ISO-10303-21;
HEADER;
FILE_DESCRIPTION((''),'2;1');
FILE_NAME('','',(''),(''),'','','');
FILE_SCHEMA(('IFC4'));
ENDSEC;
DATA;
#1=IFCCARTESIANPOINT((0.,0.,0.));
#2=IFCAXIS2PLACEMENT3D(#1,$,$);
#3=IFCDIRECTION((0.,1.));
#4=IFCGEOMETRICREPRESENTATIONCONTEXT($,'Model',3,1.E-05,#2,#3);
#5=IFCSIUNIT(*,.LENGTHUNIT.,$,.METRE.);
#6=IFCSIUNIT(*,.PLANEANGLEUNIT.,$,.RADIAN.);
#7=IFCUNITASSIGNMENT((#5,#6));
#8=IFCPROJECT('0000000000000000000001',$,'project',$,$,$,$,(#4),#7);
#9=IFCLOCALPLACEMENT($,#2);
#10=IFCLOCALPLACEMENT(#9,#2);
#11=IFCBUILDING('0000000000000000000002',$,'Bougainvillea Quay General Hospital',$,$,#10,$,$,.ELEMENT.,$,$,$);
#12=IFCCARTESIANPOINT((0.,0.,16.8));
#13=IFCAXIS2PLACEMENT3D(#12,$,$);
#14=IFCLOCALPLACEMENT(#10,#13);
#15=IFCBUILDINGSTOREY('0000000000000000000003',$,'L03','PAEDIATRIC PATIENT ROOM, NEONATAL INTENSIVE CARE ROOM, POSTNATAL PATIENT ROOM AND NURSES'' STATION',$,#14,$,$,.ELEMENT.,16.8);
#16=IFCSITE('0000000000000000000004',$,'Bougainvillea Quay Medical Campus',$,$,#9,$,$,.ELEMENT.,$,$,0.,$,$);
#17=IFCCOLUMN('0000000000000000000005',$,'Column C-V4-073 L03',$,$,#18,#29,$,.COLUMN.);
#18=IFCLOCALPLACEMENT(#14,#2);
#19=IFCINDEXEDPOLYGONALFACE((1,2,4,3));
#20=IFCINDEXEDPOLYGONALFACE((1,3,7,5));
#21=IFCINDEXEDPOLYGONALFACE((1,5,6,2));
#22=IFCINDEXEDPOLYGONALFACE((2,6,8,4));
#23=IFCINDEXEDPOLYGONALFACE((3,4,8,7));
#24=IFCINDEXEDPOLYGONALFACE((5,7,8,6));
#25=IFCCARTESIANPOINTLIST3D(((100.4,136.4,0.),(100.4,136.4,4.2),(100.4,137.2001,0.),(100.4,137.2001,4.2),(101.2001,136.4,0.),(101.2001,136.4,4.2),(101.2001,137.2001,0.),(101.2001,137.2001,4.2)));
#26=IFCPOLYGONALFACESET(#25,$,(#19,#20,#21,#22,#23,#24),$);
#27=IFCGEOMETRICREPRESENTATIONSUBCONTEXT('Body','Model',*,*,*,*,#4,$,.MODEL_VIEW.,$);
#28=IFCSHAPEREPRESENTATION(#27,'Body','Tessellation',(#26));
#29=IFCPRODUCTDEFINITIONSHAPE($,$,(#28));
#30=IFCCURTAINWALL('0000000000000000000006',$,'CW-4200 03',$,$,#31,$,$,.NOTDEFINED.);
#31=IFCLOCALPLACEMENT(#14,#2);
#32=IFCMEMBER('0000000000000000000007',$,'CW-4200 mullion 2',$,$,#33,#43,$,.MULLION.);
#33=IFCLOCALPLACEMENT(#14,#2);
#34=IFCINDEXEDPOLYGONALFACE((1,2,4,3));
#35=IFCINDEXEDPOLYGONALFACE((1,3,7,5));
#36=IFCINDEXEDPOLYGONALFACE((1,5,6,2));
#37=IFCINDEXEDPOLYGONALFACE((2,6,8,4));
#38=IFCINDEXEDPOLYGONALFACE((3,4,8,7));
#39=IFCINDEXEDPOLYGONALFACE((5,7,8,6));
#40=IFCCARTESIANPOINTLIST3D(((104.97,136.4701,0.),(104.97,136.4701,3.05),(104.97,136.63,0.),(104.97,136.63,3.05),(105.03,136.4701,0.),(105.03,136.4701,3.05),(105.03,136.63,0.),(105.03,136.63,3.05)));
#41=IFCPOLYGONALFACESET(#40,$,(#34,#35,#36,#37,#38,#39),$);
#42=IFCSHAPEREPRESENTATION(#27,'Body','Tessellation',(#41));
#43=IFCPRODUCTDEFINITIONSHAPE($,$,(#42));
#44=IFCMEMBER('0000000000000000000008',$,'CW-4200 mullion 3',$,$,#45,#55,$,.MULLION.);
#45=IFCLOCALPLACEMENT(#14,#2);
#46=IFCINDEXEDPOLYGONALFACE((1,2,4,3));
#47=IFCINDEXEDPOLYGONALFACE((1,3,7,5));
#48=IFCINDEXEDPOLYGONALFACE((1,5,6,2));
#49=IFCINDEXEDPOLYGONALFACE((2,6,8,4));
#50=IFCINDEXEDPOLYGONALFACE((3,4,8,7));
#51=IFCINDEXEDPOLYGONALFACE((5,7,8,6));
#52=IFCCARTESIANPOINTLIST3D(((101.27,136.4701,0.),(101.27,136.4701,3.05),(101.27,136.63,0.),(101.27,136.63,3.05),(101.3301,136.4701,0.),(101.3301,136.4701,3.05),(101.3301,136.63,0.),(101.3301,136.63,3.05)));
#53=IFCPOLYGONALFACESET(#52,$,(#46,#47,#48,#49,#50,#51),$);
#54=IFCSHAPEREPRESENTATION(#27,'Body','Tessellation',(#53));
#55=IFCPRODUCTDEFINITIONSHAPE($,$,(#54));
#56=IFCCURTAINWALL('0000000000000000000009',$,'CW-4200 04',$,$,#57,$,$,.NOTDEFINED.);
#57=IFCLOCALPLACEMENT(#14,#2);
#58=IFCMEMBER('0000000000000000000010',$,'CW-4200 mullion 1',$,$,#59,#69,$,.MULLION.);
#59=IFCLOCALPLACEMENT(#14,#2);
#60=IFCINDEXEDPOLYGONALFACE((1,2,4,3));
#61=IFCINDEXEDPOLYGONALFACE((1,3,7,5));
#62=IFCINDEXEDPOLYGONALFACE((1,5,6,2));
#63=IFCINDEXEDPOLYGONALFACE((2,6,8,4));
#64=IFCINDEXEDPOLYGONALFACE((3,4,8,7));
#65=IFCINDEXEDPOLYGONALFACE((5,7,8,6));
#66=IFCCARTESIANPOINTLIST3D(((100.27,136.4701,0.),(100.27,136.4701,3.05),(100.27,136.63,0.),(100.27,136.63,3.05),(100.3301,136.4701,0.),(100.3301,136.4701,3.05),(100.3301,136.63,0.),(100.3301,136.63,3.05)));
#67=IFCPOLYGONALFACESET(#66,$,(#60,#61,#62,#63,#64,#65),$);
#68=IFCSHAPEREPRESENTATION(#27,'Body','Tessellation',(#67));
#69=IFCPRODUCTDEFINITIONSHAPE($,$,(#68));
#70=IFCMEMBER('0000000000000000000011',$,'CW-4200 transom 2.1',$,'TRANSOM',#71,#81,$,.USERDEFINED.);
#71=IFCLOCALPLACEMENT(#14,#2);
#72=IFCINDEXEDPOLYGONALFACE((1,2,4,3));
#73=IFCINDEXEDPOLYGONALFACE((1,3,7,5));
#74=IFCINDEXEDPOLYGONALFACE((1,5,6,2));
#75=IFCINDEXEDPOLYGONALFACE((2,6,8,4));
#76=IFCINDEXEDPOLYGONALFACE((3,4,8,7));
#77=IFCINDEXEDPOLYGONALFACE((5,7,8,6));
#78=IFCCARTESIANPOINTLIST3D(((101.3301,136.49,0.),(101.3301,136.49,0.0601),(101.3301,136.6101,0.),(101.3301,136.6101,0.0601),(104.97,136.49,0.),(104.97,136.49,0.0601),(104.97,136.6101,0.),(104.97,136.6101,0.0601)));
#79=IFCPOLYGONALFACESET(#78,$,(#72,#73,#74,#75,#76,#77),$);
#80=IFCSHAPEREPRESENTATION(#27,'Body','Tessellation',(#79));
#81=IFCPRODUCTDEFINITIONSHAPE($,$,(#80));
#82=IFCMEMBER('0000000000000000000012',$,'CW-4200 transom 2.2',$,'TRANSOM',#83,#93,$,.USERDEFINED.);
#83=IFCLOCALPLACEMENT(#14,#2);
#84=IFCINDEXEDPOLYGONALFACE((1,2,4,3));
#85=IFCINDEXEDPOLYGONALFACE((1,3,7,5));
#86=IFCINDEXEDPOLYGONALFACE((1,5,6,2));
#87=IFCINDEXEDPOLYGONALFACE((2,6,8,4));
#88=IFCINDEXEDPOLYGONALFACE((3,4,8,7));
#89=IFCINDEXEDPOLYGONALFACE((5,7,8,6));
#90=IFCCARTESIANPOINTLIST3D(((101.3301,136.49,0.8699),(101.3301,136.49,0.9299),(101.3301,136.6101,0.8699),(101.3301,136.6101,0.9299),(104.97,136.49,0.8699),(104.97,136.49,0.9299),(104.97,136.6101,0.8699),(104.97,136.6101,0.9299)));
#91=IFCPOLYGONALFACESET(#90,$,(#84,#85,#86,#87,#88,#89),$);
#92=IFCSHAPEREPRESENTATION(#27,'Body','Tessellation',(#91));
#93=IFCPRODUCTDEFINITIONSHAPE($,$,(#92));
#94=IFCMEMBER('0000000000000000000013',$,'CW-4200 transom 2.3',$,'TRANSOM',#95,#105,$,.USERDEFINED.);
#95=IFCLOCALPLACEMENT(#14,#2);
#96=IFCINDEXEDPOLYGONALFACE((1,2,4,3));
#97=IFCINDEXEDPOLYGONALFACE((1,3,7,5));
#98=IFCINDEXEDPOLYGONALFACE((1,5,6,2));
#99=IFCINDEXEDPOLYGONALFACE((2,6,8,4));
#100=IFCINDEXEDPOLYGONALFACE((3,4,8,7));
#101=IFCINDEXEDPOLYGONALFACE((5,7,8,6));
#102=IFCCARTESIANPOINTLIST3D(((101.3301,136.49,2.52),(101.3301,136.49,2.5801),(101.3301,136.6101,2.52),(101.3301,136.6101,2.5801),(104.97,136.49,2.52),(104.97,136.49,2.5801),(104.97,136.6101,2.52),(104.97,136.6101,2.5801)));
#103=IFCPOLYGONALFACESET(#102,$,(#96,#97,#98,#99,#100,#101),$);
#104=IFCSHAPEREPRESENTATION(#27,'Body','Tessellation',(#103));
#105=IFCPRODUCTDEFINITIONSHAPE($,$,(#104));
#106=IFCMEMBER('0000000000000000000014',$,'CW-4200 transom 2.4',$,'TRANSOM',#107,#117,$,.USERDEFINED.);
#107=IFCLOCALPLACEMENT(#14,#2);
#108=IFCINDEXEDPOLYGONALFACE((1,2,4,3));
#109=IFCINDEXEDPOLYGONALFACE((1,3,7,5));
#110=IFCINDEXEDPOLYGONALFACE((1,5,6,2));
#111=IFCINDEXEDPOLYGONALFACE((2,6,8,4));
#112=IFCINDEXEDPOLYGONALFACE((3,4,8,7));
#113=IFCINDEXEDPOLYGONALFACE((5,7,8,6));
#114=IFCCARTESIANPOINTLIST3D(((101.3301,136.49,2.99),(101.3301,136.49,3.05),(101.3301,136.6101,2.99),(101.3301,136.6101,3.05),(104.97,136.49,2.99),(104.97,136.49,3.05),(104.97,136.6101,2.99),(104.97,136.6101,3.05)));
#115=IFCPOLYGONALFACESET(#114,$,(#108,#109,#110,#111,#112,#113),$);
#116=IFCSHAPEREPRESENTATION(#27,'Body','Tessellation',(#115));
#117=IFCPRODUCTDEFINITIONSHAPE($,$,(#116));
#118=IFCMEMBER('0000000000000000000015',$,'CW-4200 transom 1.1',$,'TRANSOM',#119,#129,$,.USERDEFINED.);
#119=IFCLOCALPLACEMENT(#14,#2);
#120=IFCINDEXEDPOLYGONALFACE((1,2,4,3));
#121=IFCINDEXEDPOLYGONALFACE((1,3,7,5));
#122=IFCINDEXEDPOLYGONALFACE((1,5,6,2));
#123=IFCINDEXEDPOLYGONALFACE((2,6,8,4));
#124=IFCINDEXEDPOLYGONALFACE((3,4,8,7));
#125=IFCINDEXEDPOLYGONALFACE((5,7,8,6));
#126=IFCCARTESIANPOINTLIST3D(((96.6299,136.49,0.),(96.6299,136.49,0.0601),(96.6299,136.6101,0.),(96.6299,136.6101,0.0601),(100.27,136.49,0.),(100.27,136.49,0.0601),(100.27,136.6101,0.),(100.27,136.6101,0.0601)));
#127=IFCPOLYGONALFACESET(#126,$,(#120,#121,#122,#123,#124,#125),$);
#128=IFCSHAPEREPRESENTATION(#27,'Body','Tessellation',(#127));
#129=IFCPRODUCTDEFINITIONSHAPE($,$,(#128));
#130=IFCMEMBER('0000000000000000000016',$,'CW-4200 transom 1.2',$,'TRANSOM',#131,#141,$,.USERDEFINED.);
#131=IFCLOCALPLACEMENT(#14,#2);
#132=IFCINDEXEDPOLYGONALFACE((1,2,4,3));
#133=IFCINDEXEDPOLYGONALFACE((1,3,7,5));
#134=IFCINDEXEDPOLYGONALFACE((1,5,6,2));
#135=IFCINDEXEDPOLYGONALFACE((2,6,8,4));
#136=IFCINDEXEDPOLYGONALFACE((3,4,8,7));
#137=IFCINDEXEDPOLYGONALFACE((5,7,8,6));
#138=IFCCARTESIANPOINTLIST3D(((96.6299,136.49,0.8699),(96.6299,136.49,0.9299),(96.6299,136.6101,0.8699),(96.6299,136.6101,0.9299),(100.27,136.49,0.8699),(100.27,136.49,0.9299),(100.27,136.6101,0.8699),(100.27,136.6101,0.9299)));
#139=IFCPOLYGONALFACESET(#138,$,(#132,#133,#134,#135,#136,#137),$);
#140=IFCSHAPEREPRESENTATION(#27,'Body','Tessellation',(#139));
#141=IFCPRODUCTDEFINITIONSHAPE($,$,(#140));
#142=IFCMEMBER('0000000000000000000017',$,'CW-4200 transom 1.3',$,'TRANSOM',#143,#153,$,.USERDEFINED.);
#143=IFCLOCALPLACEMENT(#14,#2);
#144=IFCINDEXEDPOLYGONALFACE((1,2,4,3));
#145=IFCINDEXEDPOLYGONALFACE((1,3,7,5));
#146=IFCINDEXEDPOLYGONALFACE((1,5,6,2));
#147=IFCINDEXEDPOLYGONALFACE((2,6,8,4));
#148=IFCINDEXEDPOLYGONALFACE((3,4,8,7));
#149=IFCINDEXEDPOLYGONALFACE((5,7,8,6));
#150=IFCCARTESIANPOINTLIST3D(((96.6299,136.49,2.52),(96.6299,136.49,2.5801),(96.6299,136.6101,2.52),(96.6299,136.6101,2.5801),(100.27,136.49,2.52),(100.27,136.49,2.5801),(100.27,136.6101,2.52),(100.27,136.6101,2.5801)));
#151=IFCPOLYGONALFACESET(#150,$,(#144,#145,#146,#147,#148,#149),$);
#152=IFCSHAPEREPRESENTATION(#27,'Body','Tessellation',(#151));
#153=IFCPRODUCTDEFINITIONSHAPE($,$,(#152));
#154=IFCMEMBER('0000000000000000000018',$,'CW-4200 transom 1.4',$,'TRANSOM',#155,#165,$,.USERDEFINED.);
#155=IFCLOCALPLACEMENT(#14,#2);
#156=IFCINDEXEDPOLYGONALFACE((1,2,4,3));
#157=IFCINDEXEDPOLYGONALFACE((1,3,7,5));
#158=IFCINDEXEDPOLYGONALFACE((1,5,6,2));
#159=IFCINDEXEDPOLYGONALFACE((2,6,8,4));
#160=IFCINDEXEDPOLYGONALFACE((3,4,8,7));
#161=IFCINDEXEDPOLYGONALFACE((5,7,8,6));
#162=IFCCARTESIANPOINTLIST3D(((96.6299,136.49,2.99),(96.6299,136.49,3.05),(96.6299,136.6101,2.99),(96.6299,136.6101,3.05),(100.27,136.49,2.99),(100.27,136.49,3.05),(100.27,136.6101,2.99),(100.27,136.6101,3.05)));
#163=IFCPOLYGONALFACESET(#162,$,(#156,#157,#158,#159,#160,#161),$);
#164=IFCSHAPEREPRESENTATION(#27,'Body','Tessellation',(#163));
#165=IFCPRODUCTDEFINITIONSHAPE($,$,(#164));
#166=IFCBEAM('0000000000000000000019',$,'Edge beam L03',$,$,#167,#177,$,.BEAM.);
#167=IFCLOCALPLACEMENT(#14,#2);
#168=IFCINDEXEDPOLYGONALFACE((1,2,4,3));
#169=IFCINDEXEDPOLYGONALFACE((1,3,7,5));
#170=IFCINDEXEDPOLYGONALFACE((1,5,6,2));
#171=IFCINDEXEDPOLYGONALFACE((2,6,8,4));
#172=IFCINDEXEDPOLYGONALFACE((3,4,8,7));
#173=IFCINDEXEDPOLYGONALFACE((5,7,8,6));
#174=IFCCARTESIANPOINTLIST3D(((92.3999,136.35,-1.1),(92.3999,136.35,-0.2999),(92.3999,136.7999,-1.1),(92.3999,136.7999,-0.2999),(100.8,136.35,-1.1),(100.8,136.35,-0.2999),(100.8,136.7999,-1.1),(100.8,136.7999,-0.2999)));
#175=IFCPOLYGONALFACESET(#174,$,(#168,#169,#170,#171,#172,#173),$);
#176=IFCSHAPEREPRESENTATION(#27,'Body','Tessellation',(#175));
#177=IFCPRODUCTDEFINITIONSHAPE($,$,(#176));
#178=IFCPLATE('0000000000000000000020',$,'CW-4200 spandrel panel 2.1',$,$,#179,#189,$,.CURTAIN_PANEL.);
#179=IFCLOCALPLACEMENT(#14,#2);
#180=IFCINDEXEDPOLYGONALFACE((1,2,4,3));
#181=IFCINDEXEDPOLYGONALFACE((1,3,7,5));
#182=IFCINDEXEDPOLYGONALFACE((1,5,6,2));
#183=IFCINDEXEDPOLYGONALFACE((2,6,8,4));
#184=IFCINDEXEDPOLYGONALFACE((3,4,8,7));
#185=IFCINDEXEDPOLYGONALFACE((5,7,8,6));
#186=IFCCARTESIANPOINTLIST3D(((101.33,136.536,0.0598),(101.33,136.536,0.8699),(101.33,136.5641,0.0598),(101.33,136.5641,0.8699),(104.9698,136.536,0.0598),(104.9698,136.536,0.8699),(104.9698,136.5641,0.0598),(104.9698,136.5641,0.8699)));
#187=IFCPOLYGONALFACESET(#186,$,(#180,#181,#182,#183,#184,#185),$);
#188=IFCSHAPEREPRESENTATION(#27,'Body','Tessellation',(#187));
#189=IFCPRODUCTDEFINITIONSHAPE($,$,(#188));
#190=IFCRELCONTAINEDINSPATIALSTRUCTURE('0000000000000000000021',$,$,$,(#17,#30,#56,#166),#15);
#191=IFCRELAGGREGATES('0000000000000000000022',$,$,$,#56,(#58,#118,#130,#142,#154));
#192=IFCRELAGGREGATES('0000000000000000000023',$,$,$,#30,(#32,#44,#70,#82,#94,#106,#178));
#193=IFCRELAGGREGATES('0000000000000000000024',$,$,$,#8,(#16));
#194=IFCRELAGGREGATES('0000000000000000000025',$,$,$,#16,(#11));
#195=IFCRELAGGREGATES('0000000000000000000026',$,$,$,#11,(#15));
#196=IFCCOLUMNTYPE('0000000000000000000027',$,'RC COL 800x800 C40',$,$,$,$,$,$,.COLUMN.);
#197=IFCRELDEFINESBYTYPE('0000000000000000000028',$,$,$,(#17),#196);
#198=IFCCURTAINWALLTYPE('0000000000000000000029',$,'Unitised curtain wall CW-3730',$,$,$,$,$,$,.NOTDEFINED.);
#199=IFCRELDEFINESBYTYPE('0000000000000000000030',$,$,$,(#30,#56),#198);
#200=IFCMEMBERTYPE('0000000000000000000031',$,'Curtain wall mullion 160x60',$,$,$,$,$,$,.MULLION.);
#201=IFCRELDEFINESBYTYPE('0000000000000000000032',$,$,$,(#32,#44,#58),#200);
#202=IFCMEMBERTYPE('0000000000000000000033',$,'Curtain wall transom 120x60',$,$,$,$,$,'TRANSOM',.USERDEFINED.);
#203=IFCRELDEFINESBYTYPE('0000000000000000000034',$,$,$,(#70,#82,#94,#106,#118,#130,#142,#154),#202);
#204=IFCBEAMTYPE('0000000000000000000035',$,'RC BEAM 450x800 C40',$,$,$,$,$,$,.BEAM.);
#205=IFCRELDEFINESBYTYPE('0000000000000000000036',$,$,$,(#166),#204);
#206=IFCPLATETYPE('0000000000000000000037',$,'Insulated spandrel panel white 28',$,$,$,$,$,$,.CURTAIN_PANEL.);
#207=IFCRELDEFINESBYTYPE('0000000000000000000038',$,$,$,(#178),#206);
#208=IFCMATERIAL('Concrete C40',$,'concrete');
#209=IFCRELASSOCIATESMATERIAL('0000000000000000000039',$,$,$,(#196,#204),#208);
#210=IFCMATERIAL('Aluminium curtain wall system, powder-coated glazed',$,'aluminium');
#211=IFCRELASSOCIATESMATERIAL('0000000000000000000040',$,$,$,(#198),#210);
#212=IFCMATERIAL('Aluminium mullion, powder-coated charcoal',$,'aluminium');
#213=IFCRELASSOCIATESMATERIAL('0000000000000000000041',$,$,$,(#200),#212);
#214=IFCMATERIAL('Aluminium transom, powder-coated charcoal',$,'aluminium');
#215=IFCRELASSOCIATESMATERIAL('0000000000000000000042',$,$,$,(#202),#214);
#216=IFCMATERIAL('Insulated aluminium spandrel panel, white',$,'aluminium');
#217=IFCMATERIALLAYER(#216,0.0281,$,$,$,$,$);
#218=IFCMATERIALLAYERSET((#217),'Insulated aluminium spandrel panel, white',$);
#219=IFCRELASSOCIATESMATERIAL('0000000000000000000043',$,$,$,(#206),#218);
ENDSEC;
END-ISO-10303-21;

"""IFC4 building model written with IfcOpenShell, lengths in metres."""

from ifc_helpers import new_model, si_unit, direction, frame, origin, origin_2d, place, context, subcontext, project, spatial, rectangle, extrude, material, layer, layer_set, material_profile, profile_set, type_object, element, aggregate, save


model = new_model("IFC4")

# Units and contexts
model_context = context("Model", 3, precision=1e-05, world=origin(), true_north=direction((0.0, 1.0)))
body_context = subcontext(model_context, "Body", "Model", "MODEL_VIEW")
ifc_project = project(units=[si_unit("LENGTHUNIT", "METRE"), si_unit("PLANEANGLEUNIT", "RADIAN")], contexts=[model_context])

# Site, building, storey
site_placement = place(None, origin())
site = spatial("IfcSite", under=ifc_project, at=site_placement, Name="Bougainvillea Quay Medical Campus", CompositionType="ELEMENT", RefElevation=0.0)
building_placement = place(site_placement, origin())
building = spatial("IfcBuilding", under=site, at=building_placement, Name="Bougainvillea Quay General Hospital", CompositionType="ELEMENT")
storey_placement = place(building_placement, frame((0.0, 0.0, 16.8)))
storey = spatial("IfcBuildingStorey", under=building, at=storey_placement, Name="L03", Description="PAEDIATRIC PATIENT ROOM, NEONATAL INTENSIVE CARE ROOM, POSTNATAL PATIENT ROOM AND NURSES' STATION", CompositionType="ELEMENT", Elevation=16.8)

# Column
ifc_material_1 = material(Name="Concrete C40", Category="concrete")
ifc_material_profile_1 = material_profile(ifc_material_1, rectangle(XDim=0.8, YDim=0.8, at=origin_2d()))
ifc_profile_set_1 = profile_set([ifc_material_profile_1], Name="Concrete C40")
column_type = type_object("IfcColumnType", Name="RC COL 800x800 C40", PredefinedType="COLUMN", material=ifc_profile_set_1)
column_placement = place(storey_placement, frame((100.8, 136.8, 0.0), z_axis=(0.0, 0.0, 1.0), x_axis=(1.0, 0.0, 0.0)))
element("IfcColumn", 1, at=column_placement, inside=storey, type_object=column_type, Name="Column C-V4-073 L03", PredefinedType="COLUMN", context=body_context, shape_type="SweptSolid", body=[
    extrude(rectangle(XDim=0.8, YDim=0.8, at=origin_2d()), origin(), (0.0, 0.0, 1.0), 4.2),
])

# Curtain wall, members
ifc_material_2 = material(Name="Aluminium curtain wall system, powder-coated glazed", Category="aluminium")
curtain_wall_type = type_object("IfcCurtainWallType", Name="Unitised curtain wall CW-3730", PredefinedType="NOTDEFINED", material=ifc_material_2)
curtain_wall_1_placement = place(storey_placement, origin())
curtain_wall_1 = element("IfcCurtainWall", 2, at=curtain_wall_1_placement, inside=storey, type_object=curtain_wall_type, Name="CW-4200 03", PredefinedType="NOTDEFINED")
ifc_material_3 = material(Name="Aluminium mullion, powder-coated charcoal", Category="aluminium")
ifc_material_profile_2 = material_profile(ifc_material_3, rectangle(XDim=0.1599, YDim=0.0601, at=origin_2d()))
ifc_profile_set_2 = profile_set([ifc_material_profile_2], Name="Aluminium mullion, powder-coated charcoal")
member_type_1 = type_object("IfcMemberType", Name="Curtain wall mullion 160x60", PredefinedType="MULLION", material=ifc_profile_set_2)
member_1_placement = place(storey_placement, frame((105.0, 136.55, 0.0), z_axis=(0.0, 0.0, 1.0), x_axis=(0.0, -1.0, 0.0)))
member_1 = element("IfcMember", 3, at=member_1_placement, type_object=member_type_1, Name="CW-4200 mullion 2", PredefinedType="MULLION", context=body_context, shape_type="SweptSolid", body=[
    extrude(rectangle(XDim=0.1599, YDim=0.0601, at=origin_2d()), origin(), (0.0, 0.0, 1.0), 3.05),
])
member_2_placement = place(storey_placement, frame((101.3, 136.55, 0.0), z_axis=(0.0, 0.0, 1.0), x_axis=(0.0, -1.0, 0.0)))
member_2 = element("IfcMember", 4, at=member_2_placement, type_object=member_type_1, Name="CW-4200 mullion 3", PredefinedType="MULLION", context=body_context, shape_type="SweptSolid", body=[
    extrude(rectangle(XDim=0.1599, YDim=0.0601, at=origin_2d()), origin(), (0.0, 0.0, 1.0), 3.05),
])

# Curtain wall, member
curtain_wall_2_placement = place(storey_placement, origin())
curtain_wall_2 = element("IfcCurtainWall", 5, at=curtain_wall_2_placement, inside=storey, type_object=curtain_wall_type, Name="CW-4200 04", PredefinedType="NOTDEFINED")
member_3_placement = place(storey_placement, frame((100.3, 136.55, 0.0), z_axis=(0.0, 0.0, 1.0), x_axis=(0.0, -1.0, 0.0)))
member_3 = element("IfcMember", 6, at=member_3_placement, type_object=member_type_1, Name="CW-4200 mullion 1", PredefinedType="MULLION", context=body_context, shape_type="SweptSolid", body=[
    extrude(rectangle(XDim=0.1599, YDim=0.0601, at=origin_2d()), origin(), (0.0, 0.0, 1.0), 3.05),
])

# Members
ifc_material_4 = material(Name="Aluminium transom, powder-coated charcoal", Category="aluminium")
ifc_material_profile_3 = material_profile(ifc_material_4, rectangle(XDim=0.1201, YDim=0.0601, at=origin_2d()))
ifc_profile_set_3 = profile_set([ifc_material_profile_3], Name="Aluminium transom, powder-coated charcoal")
member_type_2 = type_object("IfcMemberType", Name="Curtain wall transom 120x60", ElementType="TRANSOM", PredefinedType="USERDEFINED", material=ifc_profile_set_3)
member_4_placement = place(storey_placement, frame((104.97, 136.55, 0.03), z_axis=(-1.0, 0.0, 0.0), x_axis=(0.0, -1.0, 0.0)))
member_4 = element("IfcMember", 7, at=member_4_placement, type_object=member_type_2, Name="CW-4200 transom 2.1", ObjectType="TRANSOM", PredefinedType="USERDEFINED", context=body_context, shape_type="SweptSolid", body=[
    extrude(rectangle(XDim=0.1201, YDim=0.0601, at=origin_2d()), origin(), (0.0, 0.0, 1.0), 3.6399),
])
member_5_placement = place(storey_placement, frame((104.97, 136.55, 0.8999), z_axis=(-1.0, 0.0, 0.0), x_axis=(0.0, -1.0, 0.0)))
member_5 = element("IfcMember", 8, at=member_5_placement, type_object=member_type_2, Name="CW-4200 transom 2.2", ObjectType="TRANSOM", PredefinedType="USERDEFINED", context=body_context, shape_type="SweptSolid", body=[
    extrude(rectangle(XDim=0.1201, YDim=0.0601, at=origin_2d()), origin(), (0.0, 0.0, 1.0), 3.6399),
])
member_6_placement = place(storey_placement, frame((104.97, 136.55, 2.55), z_axis=(-1.0, 0.0, 0.0), x_axis=(0.0, -1.0, 0.0)))
member_6 = element("IfcMember", 9, at=member_6_placement, type_object=member_type_2, Name="CW-4200 transom 2.3", ObjectType="TRANSOM", PredefinedType="USERDEFINED", context=body_context, shape_type="SweptSolid", body=[
    extrude(rectangle(XDim=0.1201, YDim=0.0601, at=origin_2d()), origin(), (0.0, 0.0, 1.0), 3.6399),
])
member_7_placement = place(storey_placement, frame((104.97, 136.55, 3.02), z_axis=(-1.0, 0.0, 0.0), x_axis=(0.0, -1.0, 0.0)))
member_7 = element("IfcMember", 10, at=member_7_placement, type_object=member_type_2, Name="CW-4200 transom 2.4", ObjectType="TRANSOM", PredefinedType="USERDEFINED", context=body_context, shape_type="SweptSolid", body=[
    extrude(rectangle(XDim=0.1201, YDim=0.0601, at=origin_2d()), origin(), (0.0, 0.0, 1.0), 3.6399),
])
member_8_placement = place(storey_placement, frame((100.27, 136.55, 0.03), z_axis=(-1.0, 0.0, 0.0), x_axis=(0.0, -1.0, 0.0)))
member_8 = element("IfcMember", 11, at=member_8_placement, type_object=member_type_2, Name="CW-4200 transom 1.1", ObjectType="TRANSOM", PredefinedType="USERDEFINED", context=body_context, shape_type="SweptSolid", body=[
    extrude(rectangle(XDim=0.1201, YDim=0.0601, at=origin_2d()), origin(), (0.0, 0.0, 1.0), 3.6401),
])
member_9_placement = place(storey_placement, frame((100.27, 136.55, 0.8999), z_axis=(-1.0, 0.0, 0.0), x_axis=(0.0, -1.0, 0.0)))
member_9 = element("IfcMember", 12, at=member_9_placement, type_object=member_type_2, Name="CW-4200 transom 1.2", ObjectType="TRANSOM", PredefinedType="USERDEFINED", context=body_context, shape_type="SweptSolid", body=[
    extrude(rectangle(XDim=0.1201, YDim=0.0601, at=origin_2d()), origin(), (0.0, 0.0, 1.0), 3.6401),
])
member_10_placement = place(storey_placement, frame((100.27, 136.55, 2.55), z_axis=(-1.0, 0.0, 0.0), x_axis=(0.0, -1.0, 0.0)))
member_10 = element("IfcMember", 13, at=member_10_placement, type_object=member_type_2, Name="CW-4200 transom 1.3", ObjectType="TRANSOM", PredefinedType="USERDEFINED", context=body_context, shape_type="SweptSolid", body=[
    extrude(rectangle(XDim=0.1201, YDim=0.0601, at=origin_2d()), origin(), (0.0, 0.0, 1.0), 3.6401),
])
member_11_placement = place(storey_placement, frame((100.27, 136.55, 3.02), z_axis=(-1.0, 0.0, 0.0), x_axis=(0.0, -1.0, 0.0)))
member_11 = element("IfcMember", 14, at=member_11_placement, type_object=member_type_2, Name="CW-4200 transom 1.4", ObjectType="TRANSOM", PredefinedType="USERDEFINED", context=body_context, shape_type="SweptSolid", body=[
    extrude(rectangle(XDim=0.1201, YDim=0.0601, at=origin_2d()), origin(), (0.0, 0.0, 1.0), 3.6401),
])

# Beam
ifc_material_profile_4 = material_profile(ifc_material_1, rectangle(XDim=0.45, YDim=0.8, at=origin_2d()))
ifc_profile_set_4 = profile_set([ifc_material_profile_4], Name="Concrete C40")
beam_type = type_object("IfcBeamType", Name="RC BEAM 450x800 C40", PredefinedType="BEAM", material=ifc_profile_set_4)
beam_placement = place(storey_placement, frame((100.8, 136.575, -0.7), z_axis=(-1.0, 0.0, 0.0), x_axis=(0.0, -1.0, 0.0)))
element("IfcBeam", 15, at=beam_placement, inside=storey, type_object=beam_type, Name="Edge beam L03", PredefinedType="BEAM", context=body_context, shape_type="SweptSolid", body=[
    extrude(rectangle(XDim=0.45, YDim=0.8, at=origin_2d()), origin(), (0.0, 0.0, 1.0), 8.4001),
])

# Plate
ifc_material_5 = material(Name="Insulated aluminium spandrel panel, white", Category="aluminium")
ifc_layer_1 = layer(ifc_material_5, 0.0281)
ifc_layer_set_1 = layer_set([ifc_layer_1], Name="Insulated aluminium spandrel panel, white")
plate_type_1 = type_object("IfcPlateType", Name="Insulated spandrel panel white 28", PredefinedType="CURTAIN_PANEL", material=ifc_layer_set_1)
plate_1_placement = place(storey_placement, frame((103.1499, 136.55, 0.0598), z_axis=(0.0, 0.0, 1.0), x_axis=(-1.0, 0.0, 0.0)))
plate_1 = element("IfcPlate", 16, at=plate_1_placement, type_object=plate_type_1, Name="CW-4200 spandrel panel 2.1", PredefinedType="CURTAIN_PANEL", context=body_context, shape_type="SweptSolid", body=[
    extrude(rectangle(XDim=3.6399, YDim=0.0281, at=origin_2d()), origin(), (0.0, 0.0, 1.0), 0.8101),
])
aggregate(curtain_wall_2, [member_3, member_8, member_9, member_10, member_11])
aggregate(curtain_wall_1, [member_1, member_2, member_4, member_5, member_6, member_7, plate_1])

save(model, "model.ifc")
